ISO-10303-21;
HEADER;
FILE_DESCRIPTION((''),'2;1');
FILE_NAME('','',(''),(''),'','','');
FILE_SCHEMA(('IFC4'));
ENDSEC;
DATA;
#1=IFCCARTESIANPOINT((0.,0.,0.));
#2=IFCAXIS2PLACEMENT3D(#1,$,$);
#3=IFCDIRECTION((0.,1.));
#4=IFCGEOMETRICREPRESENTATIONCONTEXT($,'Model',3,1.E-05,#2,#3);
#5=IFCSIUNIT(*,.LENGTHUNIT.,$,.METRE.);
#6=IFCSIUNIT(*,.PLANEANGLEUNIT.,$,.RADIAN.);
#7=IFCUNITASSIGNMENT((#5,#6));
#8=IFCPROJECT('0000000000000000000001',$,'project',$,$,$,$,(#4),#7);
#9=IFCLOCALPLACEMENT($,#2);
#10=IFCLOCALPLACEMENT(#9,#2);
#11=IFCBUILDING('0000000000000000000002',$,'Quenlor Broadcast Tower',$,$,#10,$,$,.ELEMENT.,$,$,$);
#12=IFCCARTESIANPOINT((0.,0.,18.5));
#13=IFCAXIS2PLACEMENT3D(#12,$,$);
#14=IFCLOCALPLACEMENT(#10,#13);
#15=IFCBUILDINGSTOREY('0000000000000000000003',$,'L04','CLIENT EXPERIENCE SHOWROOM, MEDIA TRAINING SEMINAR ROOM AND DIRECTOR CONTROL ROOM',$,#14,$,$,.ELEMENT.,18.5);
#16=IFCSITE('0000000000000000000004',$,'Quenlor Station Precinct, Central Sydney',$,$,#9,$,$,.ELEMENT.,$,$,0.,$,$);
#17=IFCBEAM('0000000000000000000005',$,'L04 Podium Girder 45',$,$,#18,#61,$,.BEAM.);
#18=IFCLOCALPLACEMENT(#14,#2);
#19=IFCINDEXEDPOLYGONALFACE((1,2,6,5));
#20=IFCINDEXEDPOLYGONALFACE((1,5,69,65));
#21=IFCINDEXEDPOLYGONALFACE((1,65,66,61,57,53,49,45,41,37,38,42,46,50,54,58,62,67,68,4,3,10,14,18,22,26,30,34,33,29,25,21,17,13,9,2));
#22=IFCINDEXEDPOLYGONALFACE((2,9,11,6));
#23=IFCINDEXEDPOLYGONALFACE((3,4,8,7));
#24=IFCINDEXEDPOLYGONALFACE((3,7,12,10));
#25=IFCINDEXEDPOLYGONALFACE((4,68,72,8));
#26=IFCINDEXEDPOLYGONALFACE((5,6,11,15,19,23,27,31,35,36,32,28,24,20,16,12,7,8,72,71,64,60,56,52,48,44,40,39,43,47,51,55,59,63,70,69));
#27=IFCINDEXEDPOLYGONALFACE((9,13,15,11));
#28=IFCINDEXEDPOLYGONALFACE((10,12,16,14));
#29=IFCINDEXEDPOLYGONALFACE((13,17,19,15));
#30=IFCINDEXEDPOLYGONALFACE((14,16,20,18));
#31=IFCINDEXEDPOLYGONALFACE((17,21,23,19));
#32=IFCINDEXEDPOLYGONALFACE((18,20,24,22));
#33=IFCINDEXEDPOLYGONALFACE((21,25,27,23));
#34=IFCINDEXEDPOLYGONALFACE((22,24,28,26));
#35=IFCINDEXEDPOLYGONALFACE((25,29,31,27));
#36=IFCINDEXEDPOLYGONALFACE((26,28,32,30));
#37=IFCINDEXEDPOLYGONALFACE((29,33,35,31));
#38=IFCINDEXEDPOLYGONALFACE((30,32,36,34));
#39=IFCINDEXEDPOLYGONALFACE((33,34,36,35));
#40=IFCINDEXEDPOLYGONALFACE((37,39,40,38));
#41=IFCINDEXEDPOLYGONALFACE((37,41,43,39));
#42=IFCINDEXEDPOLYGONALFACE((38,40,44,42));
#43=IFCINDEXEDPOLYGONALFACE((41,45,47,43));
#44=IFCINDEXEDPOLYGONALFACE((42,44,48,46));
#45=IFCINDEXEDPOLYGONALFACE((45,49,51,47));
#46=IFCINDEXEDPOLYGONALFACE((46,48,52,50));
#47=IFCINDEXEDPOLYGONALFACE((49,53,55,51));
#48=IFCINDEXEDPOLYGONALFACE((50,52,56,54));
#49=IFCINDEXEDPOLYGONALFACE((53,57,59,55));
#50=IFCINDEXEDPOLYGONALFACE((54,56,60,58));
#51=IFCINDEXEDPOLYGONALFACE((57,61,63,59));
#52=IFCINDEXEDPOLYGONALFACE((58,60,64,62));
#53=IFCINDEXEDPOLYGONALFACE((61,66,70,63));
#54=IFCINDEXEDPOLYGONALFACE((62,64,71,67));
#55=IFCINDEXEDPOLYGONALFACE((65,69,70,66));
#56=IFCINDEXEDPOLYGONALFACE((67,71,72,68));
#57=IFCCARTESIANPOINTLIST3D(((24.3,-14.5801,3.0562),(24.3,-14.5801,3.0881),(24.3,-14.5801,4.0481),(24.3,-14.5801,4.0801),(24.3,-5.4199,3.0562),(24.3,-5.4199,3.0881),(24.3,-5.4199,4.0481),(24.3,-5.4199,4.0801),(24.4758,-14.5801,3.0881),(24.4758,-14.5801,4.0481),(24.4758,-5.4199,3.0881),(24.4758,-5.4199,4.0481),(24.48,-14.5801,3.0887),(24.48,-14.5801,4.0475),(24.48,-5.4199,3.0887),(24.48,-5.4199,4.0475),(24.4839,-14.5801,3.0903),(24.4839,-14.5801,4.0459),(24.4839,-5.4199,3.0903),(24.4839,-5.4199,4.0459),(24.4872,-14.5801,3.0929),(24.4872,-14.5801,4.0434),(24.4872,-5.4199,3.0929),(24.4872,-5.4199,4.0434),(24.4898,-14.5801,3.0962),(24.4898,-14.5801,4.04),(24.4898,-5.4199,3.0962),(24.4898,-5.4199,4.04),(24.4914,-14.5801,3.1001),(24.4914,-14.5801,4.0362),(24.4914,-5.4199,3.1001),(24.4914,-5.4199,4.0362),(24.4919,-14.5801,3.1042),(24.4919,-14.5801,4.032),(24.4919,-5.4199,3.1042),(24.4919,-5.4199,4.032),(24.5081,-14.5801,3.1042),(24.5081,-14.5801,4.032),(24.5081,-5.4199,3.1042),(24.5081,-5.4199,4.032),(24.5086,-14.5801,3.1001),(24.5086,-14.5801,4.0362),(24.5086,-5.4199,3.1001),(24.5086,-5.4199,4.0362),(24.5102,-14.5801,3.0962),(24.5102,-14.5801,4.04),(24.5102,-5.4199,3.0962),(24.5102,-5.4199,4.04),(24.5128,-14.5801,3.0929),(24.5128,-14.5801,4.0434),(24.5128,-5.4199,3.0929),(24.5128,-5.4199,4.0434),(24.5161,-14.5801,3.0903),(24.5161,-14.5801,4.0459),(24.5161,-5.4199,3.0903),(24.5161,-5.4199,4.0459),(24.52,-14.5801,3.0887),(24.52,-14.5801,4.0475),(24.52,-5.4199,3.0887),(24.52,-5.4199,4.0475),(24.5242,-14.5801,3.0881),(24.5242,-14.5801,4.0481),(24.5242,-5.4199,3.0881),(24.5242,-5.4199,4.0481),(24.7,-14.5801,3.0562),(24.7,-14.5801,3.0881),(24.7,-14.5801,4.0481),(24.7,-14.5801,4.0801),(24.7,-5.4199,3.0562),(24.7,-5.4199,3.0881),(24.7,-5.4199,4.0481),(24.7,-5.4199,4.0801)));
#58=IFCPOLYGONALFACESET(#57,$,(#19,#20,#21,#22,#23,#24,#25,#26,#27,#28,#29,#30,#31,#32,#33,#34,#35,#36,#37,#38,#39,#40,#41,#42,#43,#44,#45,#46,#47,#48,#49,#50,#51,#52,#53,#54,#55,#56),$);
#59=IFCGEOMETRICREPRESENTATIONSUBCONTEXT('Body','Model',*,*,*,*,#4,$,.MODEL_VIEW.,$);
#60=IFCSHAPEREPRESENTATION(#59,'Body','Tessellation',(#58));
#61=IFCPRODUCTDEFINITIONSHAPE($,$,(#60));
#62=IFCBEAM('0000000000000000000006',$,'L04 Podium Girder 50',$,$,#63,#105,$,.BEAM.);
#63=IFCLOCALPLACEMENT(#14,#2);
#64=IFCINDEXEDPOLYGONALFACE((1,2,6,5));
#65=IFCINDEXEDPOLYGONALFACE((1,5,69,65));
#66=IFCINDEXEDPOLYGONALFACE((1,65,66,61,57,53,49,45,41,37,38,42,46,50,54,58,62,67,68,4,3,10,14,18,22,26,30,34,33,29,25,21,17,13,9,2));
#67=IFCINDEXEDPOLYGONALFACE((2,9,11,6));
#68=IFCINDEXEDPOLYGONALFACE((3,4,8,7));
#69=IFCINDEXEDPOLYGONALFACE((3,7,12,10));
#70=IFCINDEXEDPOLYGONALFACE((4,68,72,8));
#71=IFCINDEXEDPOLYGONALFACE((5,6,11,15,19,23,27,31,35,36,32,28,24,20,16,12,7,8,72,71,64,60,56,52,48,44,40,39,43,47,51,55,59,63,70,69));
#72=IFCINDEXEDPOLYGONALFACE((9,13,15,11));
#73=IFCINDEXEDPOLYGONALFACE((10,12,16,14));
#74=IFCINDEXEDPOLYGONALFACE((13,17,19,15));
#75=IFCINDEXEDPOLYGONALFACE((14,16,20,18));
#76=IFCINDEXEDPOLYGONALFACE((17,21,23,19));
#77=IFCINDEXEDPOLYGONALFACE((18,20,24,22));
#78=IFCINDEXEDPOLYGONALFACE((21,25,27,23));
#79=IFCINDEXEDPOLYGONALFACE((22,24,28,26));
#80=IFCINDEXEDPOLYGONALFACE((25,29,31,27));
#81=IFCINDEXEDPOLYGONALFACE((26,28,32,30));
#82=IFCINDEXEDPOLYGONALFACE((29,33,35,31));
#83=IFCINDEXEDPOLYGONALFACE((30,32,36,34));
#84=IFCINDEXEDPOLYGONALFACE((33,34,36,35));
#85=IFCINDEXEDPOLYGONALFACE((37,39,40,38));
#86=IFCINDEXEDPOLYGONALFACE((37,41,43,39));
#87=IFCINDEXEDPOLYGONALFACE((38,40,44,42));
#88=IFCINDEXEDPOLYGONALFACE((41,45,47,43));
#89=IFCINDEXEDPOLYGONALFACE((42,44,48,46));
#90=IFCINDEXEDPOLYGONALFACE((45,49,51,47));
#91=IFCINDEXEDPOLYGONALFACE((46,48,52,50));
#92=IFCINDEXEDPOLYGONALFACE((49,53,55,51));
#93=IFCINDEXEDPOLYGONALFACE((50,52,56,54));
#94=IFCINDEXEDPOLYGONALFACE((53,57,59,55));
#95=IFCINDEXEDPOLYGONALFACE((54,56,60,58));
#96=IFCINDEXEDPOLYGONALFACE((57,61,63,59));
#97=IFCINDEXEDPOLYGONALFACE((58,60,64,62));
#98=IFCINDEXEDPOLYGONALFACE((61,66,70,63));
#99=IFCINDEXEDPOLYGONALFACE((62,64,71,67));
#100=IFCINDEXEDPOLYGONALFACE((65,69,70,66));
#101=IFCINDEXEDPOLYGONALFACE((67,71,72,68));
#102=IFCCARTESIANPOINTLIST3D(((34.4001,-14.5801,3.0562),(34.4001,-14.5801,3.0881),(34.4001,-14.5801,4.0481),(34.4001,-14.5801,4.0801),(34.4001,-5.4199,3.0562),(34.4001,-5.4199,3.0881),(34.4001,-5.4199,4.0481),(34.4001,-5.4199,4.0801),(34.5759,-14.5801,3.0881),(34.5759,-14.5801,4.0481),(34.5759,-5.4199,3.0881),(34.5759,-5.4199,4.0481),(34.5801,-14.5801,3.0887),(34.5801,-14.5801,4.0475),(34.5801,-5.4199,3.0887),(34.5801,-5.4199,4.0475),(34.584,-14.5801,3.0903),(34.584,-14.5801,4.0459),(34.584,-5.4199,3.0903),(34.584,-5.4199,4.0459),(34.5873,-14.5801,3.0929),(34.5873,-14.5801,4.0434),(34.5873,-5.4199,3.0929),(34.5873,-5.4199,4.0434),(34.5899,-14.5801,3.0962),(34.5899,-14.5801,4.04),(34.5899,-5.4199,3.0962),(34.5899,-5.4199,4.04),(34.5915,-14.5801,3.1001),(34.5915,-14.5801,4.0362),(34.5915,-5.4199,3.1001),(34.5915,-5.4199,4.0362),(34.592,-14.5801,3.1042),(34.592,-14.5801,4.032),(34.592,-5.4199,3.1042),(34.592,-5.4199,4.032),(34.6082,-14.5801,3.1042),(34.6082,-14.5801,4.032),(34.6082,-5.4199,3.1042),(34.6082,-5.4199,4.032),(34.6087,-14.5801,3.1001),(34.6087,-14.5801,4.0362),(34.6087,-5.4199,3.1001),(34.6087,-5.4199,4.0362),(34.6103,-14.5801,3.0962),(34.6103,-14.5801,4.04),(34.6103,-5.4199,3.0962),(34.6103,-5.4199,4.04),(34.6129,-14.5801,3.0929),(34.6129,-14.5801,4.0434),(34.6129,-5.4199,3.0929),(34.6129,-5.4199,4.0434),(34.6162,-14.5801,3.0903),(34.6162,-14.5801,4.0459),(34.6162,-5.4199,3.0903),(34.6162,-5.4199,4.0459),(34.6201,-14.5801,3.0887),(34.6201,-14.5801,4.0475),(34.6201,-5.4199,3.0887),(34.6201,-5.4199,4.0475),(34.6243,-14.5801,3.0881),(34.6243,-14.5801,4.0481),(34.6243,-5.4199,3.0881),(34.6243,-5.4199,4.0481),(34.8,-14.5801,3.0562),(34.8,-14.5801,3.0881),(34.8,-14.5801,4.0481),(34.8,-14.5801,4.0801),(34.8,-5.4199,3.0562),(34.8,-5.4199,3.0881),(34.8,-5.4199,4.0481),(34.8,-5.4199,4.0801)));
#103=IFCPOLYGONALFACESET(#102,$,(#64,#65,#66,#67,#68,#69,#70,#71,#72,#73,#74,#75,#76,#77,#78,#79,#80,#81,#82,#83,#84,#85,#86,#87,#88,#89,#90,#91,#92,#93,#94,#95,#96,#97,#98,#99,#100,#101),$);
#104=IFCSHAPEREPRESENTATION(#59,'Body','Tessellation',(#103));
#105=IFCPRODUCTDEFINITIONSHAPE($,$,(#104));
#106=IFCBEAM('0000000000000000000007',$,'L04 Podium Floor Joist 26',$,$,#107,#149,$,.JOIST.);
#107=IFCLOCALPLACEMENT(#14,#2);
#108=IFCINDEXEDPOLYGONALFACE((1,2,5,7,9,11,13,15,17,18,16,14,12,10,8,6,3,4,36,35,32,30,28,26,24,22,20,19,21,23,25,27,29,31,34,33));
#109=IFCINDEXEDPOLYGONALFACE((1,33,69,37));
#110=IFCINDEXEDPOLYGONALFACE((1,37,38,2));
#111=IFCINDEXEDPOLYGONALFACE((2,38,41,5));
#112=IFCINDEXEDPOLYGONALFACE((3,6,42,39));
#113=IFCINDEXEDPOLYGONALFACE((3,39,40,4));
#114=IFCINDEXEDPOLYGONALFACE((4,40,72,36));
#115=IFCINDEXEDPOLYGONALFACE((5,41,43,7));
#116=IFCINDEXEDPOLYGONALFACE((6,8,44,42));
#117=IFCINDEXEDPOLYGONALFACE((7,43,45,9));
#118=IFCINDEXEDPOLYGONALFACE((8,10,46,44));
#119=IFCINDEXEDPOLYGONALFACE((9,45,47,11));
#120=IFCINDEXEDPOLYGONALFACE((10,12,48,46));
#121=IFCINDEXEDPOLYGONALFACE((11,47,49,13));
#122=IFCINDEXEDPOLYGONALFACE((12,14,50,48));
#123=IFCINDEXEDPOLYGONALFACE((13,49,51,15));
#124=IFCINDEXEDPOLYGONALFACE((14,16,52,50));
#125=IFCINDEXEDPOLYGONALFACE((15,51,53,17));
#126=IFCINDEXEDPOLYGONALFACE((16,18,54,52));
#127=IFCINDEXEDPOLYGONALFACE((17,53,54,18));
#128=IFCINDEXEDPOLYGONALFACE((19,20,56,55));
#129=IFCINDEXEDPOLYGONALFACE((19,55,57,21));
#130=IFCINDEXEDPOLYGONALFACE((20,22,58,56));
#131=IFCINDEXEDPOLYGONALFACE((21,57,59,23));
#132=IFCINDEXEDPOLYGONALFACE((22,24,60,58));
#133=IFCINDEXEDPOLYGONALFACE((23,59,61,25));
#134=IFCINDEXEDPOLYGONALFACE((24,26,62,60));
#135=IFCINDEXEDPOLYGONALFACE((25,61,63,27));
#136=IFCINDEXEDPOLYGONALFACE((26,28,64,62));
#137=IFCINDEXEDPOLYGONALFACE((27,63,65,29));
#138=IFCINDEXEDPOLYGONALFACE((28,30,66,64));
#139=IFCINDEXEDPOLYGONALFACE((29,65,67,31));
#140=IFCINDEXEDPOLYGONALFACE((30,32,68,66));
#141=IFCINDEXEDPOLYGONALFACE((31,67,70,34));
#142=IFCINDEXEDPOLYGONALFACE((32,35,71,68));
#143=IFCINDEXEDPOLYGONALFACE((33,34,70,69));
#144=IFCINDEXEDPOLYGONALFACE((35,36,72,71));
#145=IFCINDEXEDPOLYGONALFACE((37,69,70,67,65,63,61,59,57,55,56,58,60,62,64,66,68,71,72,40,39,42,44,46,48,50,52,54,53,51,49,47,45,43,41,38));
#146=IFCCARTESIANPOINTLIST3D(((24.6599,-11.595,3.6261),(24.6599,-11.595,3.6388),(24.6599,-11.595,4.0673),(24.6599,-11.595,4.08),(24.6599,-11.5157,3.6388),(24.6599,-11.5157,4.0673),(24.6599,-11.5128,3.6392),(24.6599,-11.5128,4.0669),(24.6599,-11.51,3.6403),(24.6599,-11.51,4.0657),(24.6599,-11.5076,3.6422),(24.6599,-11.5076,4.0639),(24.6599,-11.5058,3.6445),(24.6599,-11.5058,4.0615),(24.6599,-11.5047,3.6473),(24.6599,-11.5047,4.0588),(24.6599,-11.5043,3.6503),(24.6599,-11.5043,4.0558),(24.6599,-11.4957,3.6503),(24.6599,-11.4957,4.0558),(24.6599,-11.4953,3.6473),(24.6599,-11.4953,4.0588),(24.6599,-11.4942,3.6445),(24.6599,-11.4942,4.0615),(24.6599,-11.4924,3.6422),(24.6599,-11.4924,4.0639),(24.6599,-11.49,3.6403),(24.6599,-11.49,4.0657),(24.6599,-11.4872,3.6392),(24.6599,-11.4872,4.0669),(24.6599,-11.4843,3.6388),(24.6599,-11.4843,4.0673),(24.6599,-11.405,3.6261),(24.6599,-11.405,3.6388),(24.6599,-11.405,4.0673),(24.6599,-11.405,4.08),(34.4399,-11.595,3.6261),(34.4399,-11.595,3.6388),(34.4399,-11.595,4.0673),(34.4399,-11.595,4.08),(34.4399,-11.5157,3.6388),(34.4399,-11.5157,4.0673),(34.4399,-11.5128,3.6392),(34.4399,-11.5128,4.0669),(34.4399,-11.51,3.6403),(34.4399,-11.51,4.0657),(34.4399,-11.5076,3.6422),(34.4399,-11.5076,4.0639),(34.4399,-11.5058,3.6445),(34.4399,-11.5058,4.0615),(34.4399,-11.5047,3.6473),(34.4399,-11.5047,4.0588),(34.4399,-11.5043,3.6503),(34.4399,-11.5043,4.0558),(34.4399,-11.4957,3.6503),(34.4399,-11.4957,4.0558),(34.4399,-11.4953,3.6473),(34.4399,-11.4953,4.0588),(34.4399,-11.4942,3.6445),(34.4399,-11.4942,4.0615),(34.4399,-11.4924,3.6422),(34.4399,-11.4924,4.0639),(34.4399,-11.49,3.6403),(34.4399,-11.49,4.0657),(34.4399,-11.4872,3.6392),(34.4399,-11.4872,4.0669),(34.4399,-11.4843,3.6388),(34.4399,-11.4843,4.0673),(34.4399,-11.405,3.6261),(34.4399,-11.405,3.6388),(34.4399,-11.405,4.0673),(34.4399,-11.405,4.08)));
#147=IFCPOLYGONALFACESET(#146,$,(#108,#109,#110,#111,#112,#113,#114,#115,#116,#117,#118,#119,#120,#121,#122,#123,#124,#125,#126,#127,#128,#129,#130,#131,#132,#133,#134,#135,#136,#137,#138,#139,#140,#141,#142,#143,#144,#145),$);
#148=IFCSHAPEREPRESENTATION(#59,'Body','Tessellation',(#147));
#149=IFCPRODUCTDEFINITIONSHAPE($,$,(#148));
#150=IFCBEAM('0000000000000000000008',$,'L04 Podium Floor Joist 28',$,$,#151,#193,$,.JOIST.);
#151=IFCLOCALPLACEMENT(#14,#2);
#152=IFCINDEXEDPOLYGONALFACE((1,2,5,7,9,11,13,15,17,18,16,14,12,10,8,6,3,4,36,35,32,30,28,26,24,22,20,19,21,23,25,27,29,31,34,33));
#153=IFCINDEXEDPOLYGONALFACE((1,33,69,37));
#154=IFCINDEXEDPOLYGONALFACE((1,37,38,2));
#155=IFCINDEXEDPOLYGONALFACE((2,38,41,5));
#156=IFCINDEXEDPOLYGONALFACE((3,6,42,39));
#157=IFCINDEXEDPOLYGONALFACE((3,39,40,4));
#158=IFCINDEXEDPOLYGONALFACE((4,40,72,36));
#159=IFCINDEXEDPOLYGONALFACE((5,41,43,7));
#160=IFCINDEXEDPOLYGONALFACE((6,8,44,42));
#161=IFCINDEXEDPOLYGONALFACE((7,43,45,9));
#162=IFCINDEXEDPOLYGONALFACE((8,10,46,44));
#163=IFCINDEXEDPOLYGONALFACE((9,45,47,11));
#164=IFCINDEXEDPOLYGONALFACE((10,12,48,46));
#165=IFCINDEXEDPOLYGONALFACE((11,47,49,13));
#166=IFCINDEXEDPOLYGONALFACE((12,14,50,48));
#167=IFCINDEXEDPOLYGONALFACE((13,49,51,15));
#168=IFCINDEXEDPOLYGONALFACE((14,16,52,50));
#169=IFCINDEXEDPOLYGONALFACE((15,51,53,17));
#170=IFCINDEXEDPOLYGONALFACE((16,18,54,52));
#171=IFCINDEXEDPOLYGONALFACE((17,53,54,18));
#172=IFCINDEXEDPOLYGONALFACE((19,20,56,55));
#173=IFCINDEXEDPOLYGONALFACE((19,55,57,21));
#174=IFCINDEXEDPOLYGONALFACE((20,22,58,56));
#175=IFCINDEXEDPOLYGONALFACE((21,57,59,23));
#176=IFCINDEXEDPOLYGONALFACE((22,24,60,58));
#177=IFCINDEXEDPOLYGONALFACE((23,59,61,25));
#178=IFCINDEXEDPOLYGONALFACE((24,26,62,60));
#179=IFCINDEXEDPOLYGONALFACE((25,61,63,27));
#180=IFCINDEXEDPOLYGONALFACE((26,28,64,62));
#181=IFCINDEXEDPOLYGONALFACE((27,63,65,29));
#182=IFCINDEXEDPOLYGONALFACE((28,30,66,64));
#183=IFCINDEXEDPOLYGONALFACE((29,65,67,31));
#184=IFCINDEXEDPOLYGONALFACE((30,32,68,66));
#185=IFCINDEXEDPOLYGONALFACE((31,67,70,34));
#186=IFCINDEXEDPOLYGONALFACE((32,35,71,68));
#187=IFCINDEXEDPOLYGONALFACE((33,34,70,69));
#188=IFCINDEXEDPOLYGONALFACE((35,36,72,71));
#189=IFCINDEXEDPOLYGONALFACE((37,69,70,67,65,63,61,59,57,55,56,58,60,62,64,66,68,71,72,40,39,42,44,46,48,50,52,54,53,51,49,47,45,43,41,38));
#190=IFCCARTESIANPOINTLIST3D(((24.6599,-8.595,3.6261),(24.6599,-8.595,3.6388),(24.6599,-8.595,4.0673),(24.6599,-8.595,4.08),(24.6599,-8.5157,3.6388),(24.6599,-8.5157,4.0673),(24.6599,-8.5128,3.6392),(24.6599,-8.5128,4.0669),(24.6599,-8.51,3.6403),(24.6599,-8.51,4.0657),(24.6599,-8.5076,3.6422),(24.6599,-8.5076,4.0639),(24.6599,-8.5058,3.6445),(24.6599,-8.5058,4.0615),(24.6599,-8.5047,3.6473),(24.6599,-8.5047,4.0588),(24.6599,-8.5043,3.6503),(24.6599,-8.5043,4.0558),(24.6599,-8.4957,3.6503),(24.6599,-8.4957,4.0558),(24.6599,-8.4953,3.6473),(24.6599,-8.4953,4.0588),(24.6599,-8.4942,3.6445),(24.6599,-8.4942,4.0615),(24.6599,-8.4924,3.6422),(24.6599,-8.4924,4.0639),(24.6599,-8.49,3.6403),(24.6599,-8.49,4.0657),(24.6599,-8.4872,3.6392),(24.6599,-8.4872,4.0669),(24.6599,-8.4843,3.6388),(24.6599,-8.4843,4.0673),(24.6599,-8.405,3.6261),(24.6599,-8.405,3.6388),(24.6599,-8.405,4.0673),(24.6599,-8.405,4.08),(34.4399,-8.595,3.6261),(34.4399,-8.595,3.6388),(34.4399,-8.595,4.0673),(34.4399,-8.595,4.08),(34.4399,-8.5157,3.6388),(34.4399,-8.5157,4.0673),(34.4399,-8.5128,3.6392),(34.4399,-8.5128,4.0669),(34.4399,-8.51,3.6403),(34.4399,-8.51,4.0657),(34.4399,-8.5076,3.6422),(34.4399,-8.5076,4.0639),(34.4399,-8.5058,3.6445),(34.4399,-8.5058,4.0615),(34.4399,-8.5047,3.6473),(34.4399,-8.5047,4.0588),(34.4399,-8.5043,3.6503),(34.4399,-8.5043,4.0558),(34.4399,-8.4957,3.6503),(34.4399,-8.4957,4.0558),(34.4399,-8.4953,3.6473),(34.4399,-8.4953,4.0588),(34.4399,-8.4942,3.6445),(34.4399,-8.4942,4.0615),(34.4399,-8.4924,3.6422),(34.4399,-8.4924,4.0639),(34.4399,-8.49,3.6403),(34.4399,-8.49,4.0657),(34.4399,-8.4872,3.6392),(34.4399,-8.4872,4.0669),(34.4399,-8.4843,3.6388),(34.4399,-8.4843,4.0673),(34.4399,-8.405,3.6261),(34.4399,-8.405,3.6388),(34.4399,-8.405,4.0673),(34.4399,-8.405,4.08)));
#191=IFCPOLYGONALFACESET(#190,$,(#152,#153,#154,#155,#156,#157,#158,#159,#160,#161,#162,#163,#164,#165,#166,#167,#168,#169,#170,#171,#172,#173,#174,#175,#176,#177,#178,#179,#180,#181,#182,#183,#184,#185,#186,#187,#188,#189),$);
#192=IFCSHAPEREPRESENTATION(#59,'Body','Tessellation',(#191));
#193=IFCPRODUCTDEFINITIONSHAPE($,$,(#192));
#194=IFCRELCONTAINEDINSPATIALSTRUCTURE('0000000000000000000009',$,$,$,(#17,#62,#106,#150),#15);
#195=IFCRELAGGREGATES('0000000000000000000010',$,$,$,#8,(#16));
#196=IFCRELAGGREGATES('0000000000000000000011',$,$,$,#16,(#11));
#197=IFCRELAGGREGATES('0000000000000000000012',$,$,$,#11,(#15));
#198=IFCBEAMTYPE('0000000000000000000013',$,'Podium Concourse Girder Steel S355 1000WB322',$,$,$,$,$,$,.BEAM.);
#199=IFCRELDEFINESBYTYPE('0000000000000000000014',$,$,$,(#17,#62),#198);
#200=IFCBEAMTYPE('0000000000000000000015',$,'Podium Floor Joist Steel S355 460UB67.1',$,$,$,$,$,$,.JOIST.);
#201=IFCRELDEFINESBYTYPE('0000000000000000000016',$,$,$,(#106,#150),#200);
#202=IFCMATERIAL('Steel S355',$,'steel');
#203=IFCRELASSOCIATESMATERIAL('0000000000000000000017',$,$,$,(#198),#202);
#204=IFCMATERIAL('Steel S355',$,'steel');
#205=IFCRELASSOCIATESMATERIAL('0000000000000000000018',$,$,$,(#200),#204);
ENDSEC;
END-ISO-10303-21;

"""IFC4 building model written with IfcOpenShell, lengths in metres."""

from ifc_helpers import new_model, si_unit, direction, frame, origin, origin_2d, place, context, subcontext, project, spatial, i_section, extrude, material, material_profile, profile_set, type_object, element, save


model = new_model("IFC4")

# Units and contexts
model_context = context("Model", 3, precision=1e-05, world=origin(), true_north=direction((0.0, 1.0)))
body_context = subcontext(model_context, "Body", "Model", "MODEL_VIEW")
ifc_project = project(units=[si_unit("LENGTHUNIT", "METRE"), si_unit("PLANEANGLEUNIT", "RADIAN")], contexts=[model_context])

# Site, building, storey
site_placement = place(None, origin())
site = spatial("IfcSite", under=ifc_project, at=site_placement, Name="Quenlor Station Precinct, Central Sydney", CompositionType="ELEMENT", RefElevation=0.0)
building_placement = place(site_placement, origin())
building = spatial("IfcBuilding", under=site, at=building_placement, Name="Quenlor Broadcast Tower", CompositionType="ELEMENT")
storey_placement = place(building_placement, frame((0.0, 0.0, 18.5)))
storey = spatial("IfcBuildingStorey", under=building, at=storey_placement, Name="L04", Description="CLIENT EXPERIENCE SHOWROOM, MEDIA TRAINING SEMINAR ROOM AND DIRECTOR CONTROL ROOM", CompositionType="ELEMENT", Elevation=18.5)

# Beams
ifc_material_1 = material(Name="Steel S355", Category="steel")
ifc_material_profile_1 = material_profile(ifc_material_1, i_section(OverallWidth=0.3999, OverallDepth=1.0239, WebThickness=0.0161, FlangeThickness=0.032, FilletRadius=0.0161, at=origin_2d()))
ifc_profile_set_1 = profile_set([ifc_material_profile_1], Name="Steel S355 1000WB322")
beam_type_1 = type_object("IfcBeamType", Name="Podium Concourse Girder Steel S355 1000WB322", PredefinedType="BEAM", material=ifc_profile_set_1)
for number, where, z_axis, x_axis, name in (
    (1, (24.5, -14.5801, 3.5681), (0.0, 1.0, 0.0), (-1.0, 0.0, 0.0), "L04 Podium Girder 45"),
    (2, (34.6001, -14.5801, 3.5681), (0.0, 1.0, 0.0), (-1.0, 0.0, 0.0), "L04 Podium Girder 50"),
):
    element("IfcBeam", number, at=place(storey_placement, frame(where, z_axis=z_axis, x_axis=x_axis)), inside=storey, type_object=beam_type_1, Name=name, PredefinedType="BEAM", context=body_context, shape_type="SweptSolid", body=[
        extrude(i_section(OverallWidth=0.3999, OverallDepth=1.0239, WebThickness=0.0161, FlangeThickness=0.032, FilletRadius=0.0161, at=origin_2d()), origin(), (0.0, 0.0, 1.0), 9.1602),
    ])
ifc_material_2 = material(Name="Steel S355", Category="steel")
ifc_material_profile_2 = material_profile(ifc_material_2, i_section(OverallWidth=0.1899, OverallDepth=0.4539, WebThickness=0.0085, FlangeThickness=0.0127, FilletRadius=0.0115, at=origin_2d()))
ifc_profile_set_2 = profile_set([ifc_material_profile_2], Name="Steel S355 460UB67.1")
beam_type_2 = type_object("IfcBeamType", Name="Podium Floor Joist Steel S355 460UB67.1", PredefinedType="JOIST", material=ifc_profile_set_2)
for number, where, z_axis, x_axis, name in (
    (3, (24.6599, -11.5, 3.853), (1.0, 0.0, 0.0), (0.0, 1.0, 0.0), "L04 Podium Floor Joist 26"),
    (4, (24.6599, -8.5, 3.853), (1.0, 0.0, 0.0), (0.0, 1.0, 0.0), "L04 Podium Floor Joist 28"),
):
    element("IfcBeam", number, at=place(storey_placement, frame(where, z_axis=z_axis, x_axis=x_axis)), inside=storey, type_object=beam_type_2, Name=name, PredefinedType="JOIST", context=body_context, shape_type="SweptSolid", body=[
        extrude(i_section(OverallWidth=0.1899, OverallDepth=0.4539, WebThickness=0.0085, FlangeThickness=0.0127, FilletRadius=0.0115, at=origin_2d()), origin(), (0.0, 0.0, 1.0), 9.78),
    ])

save(model, "model.ifc")
